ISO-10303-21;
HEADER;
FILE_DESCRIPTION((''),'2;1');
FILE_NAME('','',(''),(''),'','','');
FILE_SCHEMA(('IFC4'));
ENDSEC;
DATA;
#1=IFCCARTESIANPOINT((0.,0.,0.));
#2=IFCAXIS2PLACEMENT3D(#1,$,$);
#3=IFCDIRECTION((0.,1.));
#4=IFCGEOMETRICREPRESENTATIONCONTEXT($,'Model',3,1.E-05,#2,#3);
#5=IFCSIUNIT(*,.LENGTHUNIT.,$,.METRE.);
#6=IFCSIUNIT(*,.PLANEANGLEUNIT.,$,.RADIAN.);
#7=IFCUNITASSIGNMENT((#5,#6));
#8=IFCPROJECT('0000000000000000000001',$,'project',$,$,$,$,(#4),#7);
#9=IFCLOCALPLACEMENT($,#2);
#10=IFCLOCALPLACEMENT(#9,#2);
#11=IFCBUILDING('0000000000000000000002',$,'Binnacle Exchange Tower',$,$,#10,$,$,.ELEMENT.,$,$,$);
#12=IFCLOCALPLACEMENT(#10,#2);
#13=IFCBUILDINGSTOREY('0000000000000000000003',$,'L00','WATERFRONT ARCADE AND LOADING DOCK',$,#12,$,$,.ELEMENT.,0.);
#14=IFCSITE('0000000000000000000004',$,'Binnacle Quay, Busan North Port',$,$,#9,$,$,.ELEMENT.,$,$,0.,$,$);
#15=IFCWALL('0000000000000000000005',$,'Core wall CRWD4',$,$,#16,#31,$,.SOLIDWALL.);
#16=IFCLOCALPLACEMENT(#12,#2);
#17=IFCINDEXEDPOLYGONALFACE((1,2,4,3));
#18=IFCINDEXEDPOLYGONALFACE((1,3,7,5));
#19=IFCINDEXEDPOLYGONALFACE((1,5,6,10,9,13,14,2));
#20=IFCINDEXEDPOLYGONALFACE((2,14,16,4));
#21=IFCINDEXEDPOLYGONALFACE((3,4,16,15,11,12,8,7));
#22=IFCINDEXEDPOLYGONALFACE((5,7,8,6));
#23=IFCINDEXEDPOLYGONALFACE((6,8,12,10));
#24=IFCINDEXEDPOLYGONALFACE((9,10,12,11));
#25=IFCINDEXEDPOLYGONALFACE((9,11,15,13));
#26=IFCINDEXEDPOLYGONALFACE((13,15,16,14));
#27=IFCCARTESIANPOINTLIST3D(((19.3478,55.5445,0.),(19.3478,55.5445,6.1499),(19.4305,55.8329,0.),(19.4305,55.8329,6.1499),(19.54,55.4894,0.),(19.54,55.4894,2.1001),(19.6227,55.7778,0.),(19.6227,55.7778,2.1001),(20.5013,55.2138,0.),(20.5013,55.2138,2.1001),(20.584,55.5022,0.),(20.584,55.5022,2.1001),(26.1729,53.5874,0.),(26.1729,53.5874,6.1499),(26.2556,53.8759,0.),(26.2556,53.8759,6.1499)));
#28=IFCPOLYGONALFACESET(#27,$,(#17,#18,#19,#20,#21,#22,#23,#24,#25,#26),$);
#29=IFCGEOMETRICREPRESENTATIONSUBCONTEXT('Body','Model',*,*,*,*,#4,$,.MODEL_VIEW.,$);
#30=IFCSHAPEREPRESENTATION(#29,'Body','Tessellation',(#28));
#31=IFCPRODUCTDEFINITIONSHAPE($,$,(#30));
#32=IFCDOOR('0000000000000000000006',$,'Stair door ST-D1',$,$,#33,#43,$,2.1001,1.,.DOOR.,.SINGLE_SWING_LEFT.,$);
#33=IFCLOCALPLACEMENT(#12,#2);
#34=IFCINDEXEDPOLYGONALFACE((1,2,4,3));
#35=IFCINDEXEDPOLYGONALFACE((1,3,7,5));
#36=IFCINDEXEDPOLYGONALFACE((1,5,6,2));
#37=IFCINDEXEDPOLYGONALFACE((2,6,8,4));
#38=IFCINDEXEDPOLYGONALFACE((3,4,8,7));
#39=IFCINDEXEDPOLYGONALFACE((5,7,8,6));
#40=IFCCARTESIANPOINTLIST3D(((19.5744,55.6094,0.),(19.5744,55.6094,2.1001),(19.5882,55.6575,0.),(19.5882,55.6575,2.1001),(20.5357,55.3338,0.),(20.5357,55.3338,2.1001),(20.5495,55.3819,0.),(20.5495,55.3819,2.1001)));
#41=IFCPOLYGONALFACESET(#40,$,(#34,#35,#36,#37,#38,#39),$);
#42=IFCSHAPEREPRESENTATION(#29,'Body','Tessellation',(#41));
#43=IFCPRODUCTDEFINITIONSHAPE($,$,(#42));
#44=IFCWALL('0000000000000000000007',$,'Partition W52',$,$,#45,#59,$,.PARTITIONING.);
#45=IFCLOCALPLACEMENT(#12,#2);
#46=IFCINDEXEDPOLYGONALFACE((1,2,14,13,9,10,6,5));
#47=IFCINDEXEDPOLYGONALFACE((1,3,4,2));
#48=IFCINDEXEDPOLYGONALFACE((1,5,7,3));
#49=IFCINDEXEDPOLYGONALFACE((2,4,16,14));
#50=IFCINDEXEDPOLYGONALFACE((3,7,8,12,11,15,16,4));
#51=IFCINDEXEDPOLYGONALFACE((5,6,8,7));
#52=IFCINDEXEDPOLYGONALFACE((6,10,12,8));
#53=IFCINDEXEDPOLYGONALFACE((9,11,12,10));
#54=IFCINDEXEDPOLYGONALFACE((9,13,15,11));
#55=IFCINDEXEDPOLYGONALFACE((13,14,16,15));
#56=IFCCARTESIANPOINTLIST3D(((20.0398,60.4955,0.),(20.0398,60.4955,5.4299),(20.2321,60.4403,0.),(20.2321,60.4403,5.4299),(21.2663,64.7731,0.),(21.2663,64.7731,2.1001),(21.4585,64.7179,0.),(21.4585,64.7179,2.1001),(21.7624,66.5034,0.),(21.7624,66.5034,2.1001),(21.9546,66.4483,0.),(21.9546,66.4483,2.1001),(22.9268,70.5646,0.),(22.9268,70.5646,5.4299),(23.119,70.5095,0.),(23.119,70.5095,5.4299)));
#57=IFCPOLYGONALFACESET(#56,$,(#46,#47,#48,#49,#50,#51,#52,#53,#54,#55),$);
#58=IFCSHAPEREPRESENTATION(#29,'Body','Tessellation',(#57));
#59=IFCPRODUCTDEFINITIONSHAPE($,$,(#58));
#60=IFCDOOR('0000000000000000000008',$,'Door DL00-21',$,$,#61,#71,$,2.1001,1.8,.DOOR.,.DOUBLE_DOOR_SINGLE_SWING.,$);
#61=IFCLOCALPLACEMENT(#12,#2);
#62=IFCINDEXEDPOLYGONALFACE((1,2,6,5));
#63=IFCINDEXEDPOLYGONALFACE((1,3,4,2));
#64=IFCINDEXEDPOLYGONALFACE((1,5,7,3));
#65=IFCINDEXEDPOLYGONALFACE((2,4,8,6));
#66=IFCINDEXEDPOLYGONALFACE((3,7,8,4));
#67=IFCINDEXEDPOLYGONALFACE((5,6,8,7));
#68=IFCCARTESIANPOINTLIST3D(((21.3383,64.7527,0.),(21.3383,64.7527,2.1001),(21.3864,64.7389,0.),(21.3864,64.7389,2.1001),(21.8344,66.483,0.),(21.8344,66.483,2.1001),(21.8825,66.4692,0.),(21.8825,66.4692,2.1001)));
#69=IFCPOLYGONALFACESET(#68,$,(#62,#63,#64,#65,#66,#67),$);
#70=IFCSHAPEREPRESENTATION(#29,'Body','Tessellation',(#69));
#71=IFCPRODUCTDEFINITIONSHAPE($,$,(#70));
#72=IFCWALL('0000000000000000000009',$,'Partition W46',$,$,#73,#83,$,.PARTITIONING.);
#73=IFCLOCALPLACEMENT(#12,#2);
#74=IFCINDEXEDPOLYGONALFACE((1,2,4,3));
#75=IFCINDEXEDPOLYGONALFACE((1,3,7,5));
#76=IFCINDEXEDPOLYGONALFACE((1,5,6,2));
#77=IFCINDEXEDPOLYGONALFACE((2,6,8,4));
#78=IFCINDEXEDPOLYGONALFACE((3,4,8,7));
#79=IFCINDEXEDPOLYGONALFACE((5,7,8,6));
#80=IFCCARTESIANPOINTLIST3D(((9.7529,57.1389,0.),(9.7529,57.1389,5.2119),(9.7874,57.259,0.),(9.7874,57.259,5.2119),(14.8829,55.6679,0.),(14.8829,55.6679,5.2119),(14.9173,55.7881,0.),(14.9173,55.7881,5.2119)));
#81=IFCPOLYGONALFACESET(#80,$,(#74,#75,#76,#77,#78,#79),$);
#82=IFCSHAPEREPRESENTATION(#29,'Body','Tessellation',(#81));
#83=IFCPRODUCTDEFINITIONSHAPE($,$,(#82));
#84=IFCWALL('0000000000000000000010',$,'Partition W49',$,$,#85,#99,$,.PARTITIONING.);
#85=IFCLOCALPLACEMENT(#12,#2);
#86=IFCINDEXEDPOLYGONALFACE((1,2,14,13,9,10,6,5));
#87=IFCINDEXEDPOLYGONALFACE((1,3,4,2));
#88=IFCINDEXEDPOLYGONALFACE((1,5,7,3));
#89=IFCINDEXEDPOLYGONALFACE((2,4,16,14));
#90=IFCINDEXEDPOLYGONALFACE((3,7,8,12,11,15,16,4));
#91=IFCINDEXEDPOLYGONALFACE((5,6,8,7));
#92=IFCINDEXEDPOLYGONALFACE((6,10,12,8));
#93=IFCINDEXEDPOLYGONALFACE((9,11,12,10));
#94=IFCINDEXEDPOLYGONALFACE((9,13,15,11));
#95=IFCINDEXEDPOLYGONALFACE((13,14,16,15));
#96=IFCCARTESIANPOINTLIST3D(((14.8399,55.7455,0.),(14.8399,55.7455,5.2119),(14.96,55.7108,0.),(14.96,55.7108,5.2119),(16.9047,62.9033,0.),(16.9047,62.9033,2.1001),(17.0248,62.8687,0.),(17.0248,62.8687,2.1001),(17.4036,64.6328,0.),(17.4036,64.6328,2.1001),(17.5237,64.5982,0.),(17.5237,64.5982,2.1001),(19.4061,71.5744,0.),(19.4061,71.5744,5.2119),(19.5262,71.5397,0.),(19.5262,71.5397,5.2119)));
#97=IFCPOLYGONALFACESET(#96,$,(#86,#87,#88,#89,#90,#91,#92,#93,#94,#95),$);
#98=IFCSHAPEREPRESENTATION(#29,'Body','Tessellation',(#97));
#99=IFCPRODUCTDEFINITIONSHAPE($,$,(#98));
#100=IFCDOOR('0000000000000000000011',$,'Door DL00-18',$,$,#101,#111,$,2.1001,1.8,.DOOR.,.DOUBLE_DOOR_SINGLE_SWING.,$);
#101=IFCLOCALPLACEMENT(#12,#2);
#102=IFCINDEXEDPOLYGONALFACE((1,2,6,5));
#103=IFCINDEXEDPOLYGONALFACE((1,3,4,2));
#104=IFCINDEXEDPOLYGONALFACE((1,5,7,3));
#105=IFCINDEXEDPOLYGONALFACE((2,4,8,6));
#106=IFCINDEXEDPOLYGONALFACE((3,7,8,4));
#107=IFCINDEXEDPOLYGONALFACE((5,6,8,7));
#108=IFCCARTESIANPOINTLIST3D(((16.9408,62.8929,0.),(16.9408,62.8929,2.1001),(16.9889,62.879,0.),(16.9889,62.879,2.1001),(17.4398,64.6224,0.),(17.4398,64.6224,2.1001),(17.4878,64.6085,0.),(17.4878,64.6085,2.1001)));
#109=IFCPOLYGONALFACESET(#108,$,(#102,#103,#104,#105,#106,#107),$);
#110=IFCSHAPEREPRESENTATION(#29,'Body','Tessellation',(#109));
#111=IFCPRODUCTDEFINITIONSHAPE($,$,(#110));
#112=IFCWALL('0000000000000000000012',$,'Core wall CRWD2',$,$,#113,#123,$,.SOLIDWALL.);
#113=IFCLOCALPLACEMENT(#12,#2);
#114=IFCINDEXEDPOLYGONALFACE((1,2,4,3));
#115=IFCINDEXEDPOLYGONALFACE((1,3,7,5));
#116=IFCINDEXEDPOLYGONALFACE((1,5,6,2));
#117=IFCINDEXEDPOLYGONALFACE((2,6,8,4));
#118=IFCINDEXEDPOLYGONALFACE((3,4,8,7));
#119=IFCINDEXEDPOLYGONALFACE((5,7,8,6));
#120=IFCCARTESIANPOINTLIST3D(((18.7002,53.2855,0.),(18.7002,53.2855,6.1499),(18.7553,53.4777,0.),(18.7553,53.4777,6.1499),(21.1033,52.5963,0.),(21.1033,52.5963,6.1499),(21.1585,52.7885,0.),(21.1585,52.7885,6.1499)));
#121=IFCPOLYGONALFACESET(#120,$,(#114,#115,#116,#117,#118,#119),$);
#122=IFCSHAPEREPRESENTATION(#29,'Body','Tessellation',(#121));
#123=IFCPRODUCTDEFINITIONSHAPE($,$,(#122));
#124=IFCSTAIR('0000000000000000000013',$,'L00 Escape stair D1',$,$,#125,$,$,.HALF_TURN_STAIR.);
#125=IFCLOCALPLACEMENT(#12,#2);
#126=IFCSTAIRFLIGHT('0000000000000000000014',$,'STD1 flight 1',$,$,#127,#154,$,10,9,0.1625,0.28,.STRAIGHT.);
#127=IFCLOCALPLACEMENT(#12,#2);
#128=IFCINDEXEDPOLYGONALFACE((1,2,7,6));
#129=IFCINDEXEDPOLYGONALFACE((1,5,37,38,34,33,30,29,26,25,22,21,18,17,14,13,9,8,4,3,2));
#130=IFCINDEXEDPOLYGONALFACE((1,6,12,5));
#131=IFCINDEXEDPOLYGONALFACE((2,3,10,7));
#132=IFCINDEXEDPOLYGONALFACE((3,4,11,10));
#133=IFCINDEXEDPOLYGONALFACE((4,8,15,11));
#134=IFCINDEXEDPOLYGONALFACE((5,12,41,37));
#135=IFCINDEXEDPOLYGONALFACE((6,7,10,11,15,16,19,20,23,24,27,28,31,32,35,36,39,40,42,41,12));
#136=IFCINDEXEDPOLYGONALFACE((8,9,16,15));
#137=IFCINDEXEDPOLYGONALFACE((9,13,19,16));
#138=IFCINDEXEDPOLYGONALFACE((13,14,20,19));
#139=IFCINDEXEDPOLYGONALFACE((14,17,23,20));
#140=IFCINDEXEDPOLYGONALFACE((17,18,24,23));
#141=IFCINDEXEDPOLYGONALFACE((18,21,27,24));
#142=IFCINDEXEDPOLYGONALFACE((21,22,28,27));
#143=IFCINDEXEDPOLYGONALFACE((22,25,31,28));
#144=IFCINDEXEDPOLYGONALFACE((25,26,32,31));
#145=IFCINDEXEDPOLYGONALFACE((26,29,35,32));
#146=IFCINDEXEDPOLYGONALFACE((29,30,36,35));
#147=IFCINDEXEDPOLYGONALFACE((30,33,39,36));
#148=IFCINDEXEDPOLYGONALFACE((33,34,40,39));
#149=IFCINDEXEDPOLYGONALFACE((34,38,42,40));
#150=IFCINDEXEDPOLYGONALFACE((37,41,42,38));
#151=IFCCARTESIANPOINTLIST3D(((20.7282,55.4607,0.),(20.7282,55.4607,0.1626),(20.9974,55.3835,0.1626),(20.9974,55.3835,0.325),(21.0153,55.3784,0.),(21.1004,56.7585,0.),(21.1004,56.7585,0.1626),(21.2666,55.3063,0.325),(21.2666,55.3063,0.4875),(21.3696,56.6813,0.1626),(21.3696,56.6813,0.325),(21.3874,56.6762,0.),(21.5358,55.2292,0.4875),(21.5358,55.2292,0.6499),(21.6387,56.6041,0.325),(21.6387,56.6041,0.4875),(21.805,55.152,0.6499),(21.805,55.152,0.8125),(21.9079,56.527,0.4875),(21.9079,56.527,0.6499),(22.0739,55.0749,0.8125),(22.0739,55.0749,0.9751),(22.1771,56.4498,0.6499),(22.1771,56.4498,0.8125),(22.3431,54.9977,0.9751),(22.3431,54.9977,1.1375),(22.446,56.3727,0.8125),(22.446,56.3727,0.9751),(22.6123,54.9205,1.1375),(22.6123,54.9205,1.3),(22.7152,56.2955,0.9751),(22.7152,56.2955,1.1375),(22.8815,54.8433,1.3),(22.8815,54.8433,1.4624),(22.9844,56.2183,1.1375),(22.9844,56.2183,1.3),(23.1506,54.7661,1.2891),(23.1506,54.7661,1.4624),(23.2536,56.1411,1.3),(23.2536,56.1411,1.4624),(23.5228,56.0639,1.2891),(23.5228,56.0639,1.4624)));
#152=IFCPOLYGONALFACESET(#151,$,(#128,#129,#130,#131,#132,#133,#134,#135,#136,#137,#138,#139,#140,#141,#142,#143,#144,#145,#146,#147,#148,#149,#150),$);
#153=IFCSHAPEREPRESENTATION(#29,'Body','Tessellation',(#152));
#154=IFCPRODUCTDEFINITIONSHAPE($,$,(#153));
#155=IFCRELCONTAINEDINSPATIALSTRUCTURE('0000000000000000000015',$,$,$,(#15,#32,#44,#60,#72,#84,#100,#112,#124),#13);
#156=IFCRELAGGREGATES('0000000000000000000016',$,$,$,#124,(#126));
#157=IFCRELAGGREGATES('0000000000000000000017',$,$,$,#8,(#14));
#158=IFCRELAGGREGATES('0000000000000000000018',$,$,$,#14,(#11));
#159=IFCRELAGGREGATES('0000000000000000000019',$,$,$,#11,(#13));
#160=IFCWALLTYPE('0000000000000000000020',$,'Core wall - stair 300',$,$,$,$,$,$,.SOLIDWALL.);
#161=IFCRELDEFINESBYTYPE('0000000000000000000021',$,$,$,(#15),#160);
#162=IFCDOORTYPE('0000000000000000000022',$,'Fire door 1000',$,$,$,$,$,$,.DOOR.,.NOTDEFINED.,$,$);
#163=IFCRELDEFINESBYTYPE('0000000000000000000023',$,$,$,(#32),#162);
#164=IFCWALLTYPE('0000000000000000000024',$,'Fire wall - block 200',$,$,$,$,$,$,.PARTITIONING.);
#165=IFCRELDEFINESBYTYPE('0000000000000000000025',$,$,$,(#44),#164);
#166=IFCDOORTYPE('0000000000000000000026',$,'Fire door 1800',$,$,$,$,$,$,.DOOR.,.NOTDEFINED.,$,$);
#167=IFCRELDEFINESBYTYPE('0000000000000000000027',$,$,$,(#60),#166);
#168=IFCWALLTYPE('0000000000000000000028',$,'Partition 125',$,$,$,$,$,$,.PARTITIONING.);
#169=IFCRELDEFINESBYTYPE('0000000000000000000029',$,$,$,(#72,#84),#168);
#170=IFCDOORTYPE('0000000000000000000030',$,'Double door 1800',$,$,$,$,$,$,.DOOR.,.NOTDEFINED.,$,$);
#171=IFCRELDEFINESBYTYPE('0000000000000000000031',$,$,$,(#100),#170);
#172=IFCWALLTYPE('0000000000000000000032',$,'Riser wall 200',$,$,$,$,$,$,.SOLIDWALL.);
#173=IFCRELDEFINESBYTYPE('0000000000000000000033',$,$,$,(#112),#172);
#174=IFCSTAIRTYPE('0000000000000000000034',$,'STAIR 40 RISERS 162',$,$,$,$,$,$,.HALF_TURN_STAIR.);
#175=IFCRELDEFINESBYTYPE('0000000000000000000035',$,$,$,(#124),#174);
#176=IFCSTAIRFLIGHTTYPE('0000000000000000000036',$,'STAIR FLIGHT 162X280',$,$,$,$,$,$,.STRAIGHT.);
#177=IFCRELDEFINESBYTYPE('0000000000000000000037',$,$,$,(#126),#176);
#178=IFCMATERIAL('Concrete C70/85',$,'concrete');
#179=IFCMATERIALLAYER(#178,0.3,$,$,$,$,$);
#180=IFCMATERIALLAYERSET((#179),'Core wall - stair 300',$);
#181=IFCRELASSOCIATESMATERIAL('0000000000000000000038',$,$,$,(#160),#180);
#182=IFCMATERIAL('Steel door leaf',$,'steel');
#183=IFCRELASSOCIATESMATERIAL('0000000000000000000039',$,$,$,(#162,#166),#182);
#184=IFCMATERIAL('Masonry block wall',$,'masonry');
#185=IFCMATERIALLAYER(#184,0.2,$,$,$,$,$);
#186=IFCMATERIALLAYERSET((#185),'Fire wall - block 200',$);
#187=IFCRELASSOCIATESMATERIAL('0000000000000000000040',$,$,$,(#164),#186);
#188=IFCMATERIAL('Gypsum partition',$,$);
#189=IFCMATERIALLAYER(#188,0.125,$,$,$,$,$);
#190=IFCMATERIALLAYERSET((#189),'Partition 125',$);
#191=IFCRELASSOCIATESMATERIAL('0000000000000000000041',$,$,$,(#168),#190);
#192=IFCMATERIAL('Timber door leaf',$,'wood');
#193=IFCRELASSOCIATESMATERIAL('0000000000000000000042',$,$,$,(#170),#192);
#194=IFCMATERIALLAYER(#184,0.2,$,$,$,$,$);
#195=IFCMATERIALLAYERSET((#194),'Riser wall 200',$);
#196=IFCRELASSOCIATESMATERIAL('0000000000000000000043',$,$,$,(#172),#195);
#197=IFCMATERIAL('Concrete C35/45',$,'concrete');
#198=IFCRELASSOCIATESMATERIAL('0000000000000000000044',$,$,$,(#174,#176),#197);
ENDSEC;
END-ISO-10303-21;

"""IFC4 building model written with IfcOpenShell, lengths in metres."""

from ifc_helpers import new_model, si_unit, direction, frame, frame_2d, origin, place, context, subcontext, project, spatial, polyline, rectangle, outline, extrude, material, layer, layer_set, type_object, element, fill, aggregate, save


model = new_model("IFC4")

# Units and contexts
model_context = context("Model", 3, precision=1e-05, world=origin(), true_north=direction((0.0, 1.0)))
body_context = subcontext(model_context, "Body", "Model", "MODEL_VIEW")
ifc_project = project(units=[si_unit("LENGTHUNIT", "METRE"), si_unit("PLANEANGLEUNIT", "RADIAN")], contexts=[model_context])

# Site, building, storey
site_placement = place(None, origin())
site = spatial("IfcSite", under=ifc_project, at=site_placement, Name="Binnacle Quay, Busan North Port", CompositionType="ELEMENT", RefElevation=0.0)
building_placement = place(site_placement, origin())
building = spatial("IfcBuilding", under=site, at=building_placement, Name="Binnacle Exchange Tower", CompositionType="ELEMENT")
storey_placement = place(building_placement, origin())
storey = spatial("IfcBuildingStorey", under=building, at=storey_placement, Name="L00", Description="WATERFRONT ARCADE AND LOADING DOCK", CompositionType="ELEMENT", Elevation=0.0)

# Shared definitions
ifc_material_1 = material(Name="Concrete C70/85", Category="concrete")

# Walls, openings, doors
ifc_layer_1 = layer(ifc_material_1, 0.3)
ifc_layer_set_1 = layer_set([ifc_layer_1], Name="Core wall - stair 300")
wall_type_1 = type_object("IfcWallType", Name="Core wall - stair 300", PredefinedType="SOLIDWALL", material=ifc_layer_set_1)
wall_1_placement = place(storey_placement, frame((19.3892, 55.6887, 0.0), z_axis=(0.0, 0.0, 1.0), x_axis=(0.961261, -0.275638, 0.0)))
wall_1 = element("IfcWall", 1, at=wall_1_placement, inside=storey, type_object=wall_type_1, Name="Core wall CRWD4", PredefinedType="SOLIDWALL", context=body_context, shape_type="SweptSolid", body=[
    extrude(rectangle(XDim=7.1001, YDim=0.3, at=frame_2d((3.55, 0.0))), origin(), (0.0, 0.0, 1.0), 6.1499),
])
opening_1_placement = place(wall_1_placement, frame((0.2, 0.0, 0.0)))
opening_1 = element("IfcOpeningElement", 2, at=opening_1_placement, cuts=wall_1, PredefinedType="OPENING", context=body_context, shape_type="SweptSolid", body=[
    extrude(rectangle(XDim=1.0, YDim=2.1001, at=frame_2d((0.5, 1.05))), frame((0.0, 0.1599, 0.0), z_axis=(0.0, -1.0, 0.0), x_axis=(1.0, 0.0, 0.0)), (0.0, 0.0, 1.0), 0.3201),
])
ifc_material_2 = material(Name="Steel door leaf", Category="steel")
door_type_1 = type_object("IfcDoorType", Name="Fire door 1000", OperationType="NOTDEFINED", PredefinedType="DOOR", material=ifc_material_2)
door_1_placement = place(opening_1_placement, origin())
door_1 = element("IfcDoor", 3, at=door_1_placement, inside=storey, type_object=door_type_1, Name="Stair door ST-D1", OperationType="SINGLE_SWING_LEFT", OverallHeight=2.1001, OverallWidth=1.0, PredefinedType="DOOR", context=body_context, shape_type="SweptSolid", body=[
    extrude(rectangle(XDim=1.0, YDim=2.1001, at=frame_2d((0.5, 1.05))), frame((0.0, 0.0249, 0.0), z_axis=(0.0, -1.0, 0.0), x_axis=(1.0, 0.0, 0.0)), (0.0, 0.0, 1.0), 0.05),
])
fill(opening_1, door_1)
ifc_material_3 = material(Name="Masonry block wall", Category="masonry")
ifc_layer_2 = layer(ifc_material_3, 0.2)
ifc_layer_set_2 = layer_set([ifc_layer_2], Name="Fire wall - block 200")
wall_type_2 = type_object("IfcWallType", Name="Fire wall - block 200", PredefinedType="PARTITIONING", material=ifc_layer_set_2)
wall_2_placement = place(storey_placement, frame((20.136, 60.468, 0.0), z_axis=(0.0, 0.0, 1.0), x_axis=(0.275611, 0.961269, 0.0)))
wall_2 = element("IfcWall", 4, at=wall_2_placement, inside=storey, type_object=wall_type_2, Name="Partition W52", PredefinedType="PARTITIONING", context=body_context, shape_type="SweptSolid", body=[
    extrude(rectangle(XDim=10.4749, YDim=0.2, at=frame_2d((5.2373, 0.0))), origin(), (0.0, 0.0, 1.0), 5.4299),
])
opening_2_placement = place(wall_2_placement, frame((4.45, 0.0, 0.0)))
opening_2 = element("IfcOpeningElement", 5, at=opening_2_placement, cuts=wall_2, PredefinedType="OPENING", context=body_context, shape_type="SweptSolid", body=[
    extrude(rectangle(XDim=1.8, YDim=2.1001, at=frame_2d((0.8999, 1.05))), frame((0.0, 0.1099, 0.0), z_axis=(0.0, -1.0, 0.0), x_axis=(1.0, 0.0, 0.0)), (0.0, 0.0, 1.0), 0.22),
])
door_type_2 = type_object("IfcDoorType", Name="Fire door 1800", OperationType="NOTDEFINED", PredefinedType="DOOR", material=ifc_material_2)
door_2_placement = place(opening_2_placement, frame((1.8, 0.0, 0.0), z_axis=(0.0, 0.0, 1.0), x_axis=(-1.0, 0.0, 0.0)))
door_2 = element("IfcDoor", 6, at=door_2_placement, inside=storey, type_object=door_type_2, Name="Door DL00-21", OperationType="DOUBLE_DOOR_SINGLE_SWING", OverallHeight=2.1001, OverallWidth=1.8, PredefinedType="DOOR", context=body_context, shape_type="SweptSolid", body=[
    extrude(rectangle(XDim=1.8, YDim=2.1001, at=frame_2d((0.8999, 1.05))), frame((0.0, 0.0249, 0.0), z_axis=(0.0, -1.0, 0.0), x_axis=(1.0, 0.0, 0.0)), (0.0, 0.0, 1.0), 0.05),
])
fill(opening_2, door_2)

# Wall
ifc_material_4 = material(Name="Gypsum partition")
ifc_layer_3 = layer(ifc_material_4, 0.125)
ifc_layer_set_3 = layer_set([ifc_layer_3], Name="Partition 125")
wall_type_3 = type_object("IfcWallType", Name="Partition 125", PredefinedType="PARTITIONING", material=ifc_layer_set_3)
wall_3_placement = place(storey_placement, frame((9.77, 57.199, 0.0), z_axis=(0.0, 0.0, 1.0), x_axis=(0.961263, -0.275633, 0.0)))
element("IfcWall", 7, at=wall_3_placement, inside=storey, type_object=wall_type_3, Name="Partition W46", PredefinedType="PARTITIONING", context=body_context, shape_type="SweptSolid", body=[
    extrude(rectangle(XDim=5.3367, YDim=0.125, at=frame_2d((2.6685, 0.0))), origin(), (0.0, 0.0, 1.0), 5.2119),
])

# Wall, opening, door
wall_4_placement = place(storey_placement, frame((14.8999, 55.728, 0.0), z_axis=(0.0, 0.0, 1.0), x_axis=(0.277169, 0.960821, 0.0)))
wall_4 = element("IfcWall", 8, at=wall_4_placement, inside=storey, type_object=wall_type_3, Name="Partition W49", PredefinedType="PARTITIONING", context=body_context, shape_type="SweptSolid", body=[
    extrude(rectangle(XDim=16.4744, YDim=0.125, at=frame_2d((8.2373, 0.0))), origin(), (0.0, 0.0, 1.0), 5.2119),
])
opening_3_placement = place(wall_4_placement, frame((7.45, 0.0, 0.0)))
opening_3 = element("IfcOpeningElement", 9, at=opening_3_placement, cuts=wall_4, PredefinedType="OPENING", context=body_context, shape_type="SweptSolid", body=[
    extrude(rectangle(XDim=1.8, YDim=2.1001, at=frame_2d((0.8999, 1.05))), frame((0.0, 0.0725, 0.0), z_axis=(0.0, -1.0, 0.0), x_axis=(1.0, 0.0, 0.0)), (0.0, 0.0, 1.0), 0.145),
])
ifc_material_5 = material(Name="Timber door leaf", Category="wood")
door_type_3 = type_object("IfcDoorType", Name="Double door 1800", OperationType="NOTDEFINED", PredefinedType="DOOR", material=ifc_material_5)
door_3_placement = place(opening_3_placement, origin())
door_3 = element("IfcDoor", 10, at=door_3_placement, inside=storey, type_object=door_type_3, Name="Door DL00-18", OperationType="DOUBLE_DOOR_SINGLE_SWING", OverallHeight=2.1001, OverallWidth=1.8, PredefinedType="DOOR", context=body_context, shape_type="SweptSolid", body=[
    extrude(rectangle(XDim=1.8, YDim=2.1001, at=frame_2d((0.8999, 1.05))), frame((0.0, 0.0249, 0.0), z_axis=(0.0, -1.0, 0.0), x_axis=(1.0, 0.0, 0.0)), (0.0, 0.0, 1.0), 0.05),
])
fill(opening_3, door_3)

# Wall
ifc_layer_4 = layer(ifc_material_3, 0.2)
ifc_layer_set_4 = layer_set([ifc_layer_4], Name="Riser wall 200")
wall_type_4 = type_object("IfcWallType", Name="Riser wall 200", PredefinedType="SOLIDWALL", material=ifc_layer_set_4)
wall_5_placement = place(storey_placement, frame((18.7278, 53.3816, 0.0), z_axis=(0.0, 0.0, 1.0), x_axis=(0.961247, -0.275688, 0.0)))
element("IfcWall", 11, at=wall_5_placement, inside=storey, type_object=wall_type_4, Name="Core wall CRWD2", PredefinedType="SOLIDWALL", context=body_context, shape_type="SweptSolid", body=[
    extrude(rectangle(XDim=2.5, YDim=0.2, at=frame_2d((1.25, 0.0))), origin(), (0.0, 0.0, 1.0), 6.1499),
])

# Stair, stair flight
ifc_material_6 = material(Name="Concrete C35/45", Category="concrete")
stair_type = type_object("IfcStairType", Name="STAIR 40 RISERS 162", PredefinedType="HALF_TURN_STAIR", material=ifc_material_6)
stair_placement = place(storey_placement, origin())
stair = element("IfcStair", 12, at=stair_placement, inside=storey, type_object=stair_type, Name="L00 Escape stair D1", PredefinedType="HALF_TURN_STAIR")
stair_flight_type = type_object("IfcStairFlightType", Name="STAIR FLIGHT 162X280", PredefinedType="STRAIGHT", material=ifc_material_6)
stair_flight_placement = place(storey_placement, frame((20.9143, 56.1096, 0.0), z_axis=(0.0, 0.0, 1.0), x_axis=(0.961262, -0.275637, 0.0)))
stair_flight = element("IfcStairFlight", 13, at=stair_flight_placement, type_object=stair_flight_type, Name="STD1 flight 1", NumberOfRisers=10, NumberOfTreads=9, PredefinedType="STRAIGHT", RiserHeight=0.1625, TreadLength=0.28, context=body_context, shape_type="SweptSolid", body=[
    extrude(outline(polyline([(0.0, 0.0), (0.0, 0.1626), (0.28, 0.1626), (0.28, 0.325), (0.5601, 0.325), (0.5601, 0.4875), (0.8401, 0.4875), (0.8401, 0.6499), (1.1201, 0.6499), (1.1201, 0.8125), (1.3999, 0.8125), (1.3999, 0.9751), (1.6799, 0.9751), (1.6799, 1.1375), (1.96, 1.1375), (1.96, 1.3), (2.24, 1.3), (2.24, 1.4624), (2.52, 1.4624), (2.52, 1.625), (2.52, 1.2891), (0.2986, 0.0), (0.0, 0.0)])), frame((0.0, 0.675, 0.0), z_axis=(0.0, -1.0, 0.0), x_axis=(1.0, 0.0, 0.0)), (0.0, 0.0, 1.0), 1.3501),
])
aggregate(stair, [stair_flight])

save(model, "model.ifc")
